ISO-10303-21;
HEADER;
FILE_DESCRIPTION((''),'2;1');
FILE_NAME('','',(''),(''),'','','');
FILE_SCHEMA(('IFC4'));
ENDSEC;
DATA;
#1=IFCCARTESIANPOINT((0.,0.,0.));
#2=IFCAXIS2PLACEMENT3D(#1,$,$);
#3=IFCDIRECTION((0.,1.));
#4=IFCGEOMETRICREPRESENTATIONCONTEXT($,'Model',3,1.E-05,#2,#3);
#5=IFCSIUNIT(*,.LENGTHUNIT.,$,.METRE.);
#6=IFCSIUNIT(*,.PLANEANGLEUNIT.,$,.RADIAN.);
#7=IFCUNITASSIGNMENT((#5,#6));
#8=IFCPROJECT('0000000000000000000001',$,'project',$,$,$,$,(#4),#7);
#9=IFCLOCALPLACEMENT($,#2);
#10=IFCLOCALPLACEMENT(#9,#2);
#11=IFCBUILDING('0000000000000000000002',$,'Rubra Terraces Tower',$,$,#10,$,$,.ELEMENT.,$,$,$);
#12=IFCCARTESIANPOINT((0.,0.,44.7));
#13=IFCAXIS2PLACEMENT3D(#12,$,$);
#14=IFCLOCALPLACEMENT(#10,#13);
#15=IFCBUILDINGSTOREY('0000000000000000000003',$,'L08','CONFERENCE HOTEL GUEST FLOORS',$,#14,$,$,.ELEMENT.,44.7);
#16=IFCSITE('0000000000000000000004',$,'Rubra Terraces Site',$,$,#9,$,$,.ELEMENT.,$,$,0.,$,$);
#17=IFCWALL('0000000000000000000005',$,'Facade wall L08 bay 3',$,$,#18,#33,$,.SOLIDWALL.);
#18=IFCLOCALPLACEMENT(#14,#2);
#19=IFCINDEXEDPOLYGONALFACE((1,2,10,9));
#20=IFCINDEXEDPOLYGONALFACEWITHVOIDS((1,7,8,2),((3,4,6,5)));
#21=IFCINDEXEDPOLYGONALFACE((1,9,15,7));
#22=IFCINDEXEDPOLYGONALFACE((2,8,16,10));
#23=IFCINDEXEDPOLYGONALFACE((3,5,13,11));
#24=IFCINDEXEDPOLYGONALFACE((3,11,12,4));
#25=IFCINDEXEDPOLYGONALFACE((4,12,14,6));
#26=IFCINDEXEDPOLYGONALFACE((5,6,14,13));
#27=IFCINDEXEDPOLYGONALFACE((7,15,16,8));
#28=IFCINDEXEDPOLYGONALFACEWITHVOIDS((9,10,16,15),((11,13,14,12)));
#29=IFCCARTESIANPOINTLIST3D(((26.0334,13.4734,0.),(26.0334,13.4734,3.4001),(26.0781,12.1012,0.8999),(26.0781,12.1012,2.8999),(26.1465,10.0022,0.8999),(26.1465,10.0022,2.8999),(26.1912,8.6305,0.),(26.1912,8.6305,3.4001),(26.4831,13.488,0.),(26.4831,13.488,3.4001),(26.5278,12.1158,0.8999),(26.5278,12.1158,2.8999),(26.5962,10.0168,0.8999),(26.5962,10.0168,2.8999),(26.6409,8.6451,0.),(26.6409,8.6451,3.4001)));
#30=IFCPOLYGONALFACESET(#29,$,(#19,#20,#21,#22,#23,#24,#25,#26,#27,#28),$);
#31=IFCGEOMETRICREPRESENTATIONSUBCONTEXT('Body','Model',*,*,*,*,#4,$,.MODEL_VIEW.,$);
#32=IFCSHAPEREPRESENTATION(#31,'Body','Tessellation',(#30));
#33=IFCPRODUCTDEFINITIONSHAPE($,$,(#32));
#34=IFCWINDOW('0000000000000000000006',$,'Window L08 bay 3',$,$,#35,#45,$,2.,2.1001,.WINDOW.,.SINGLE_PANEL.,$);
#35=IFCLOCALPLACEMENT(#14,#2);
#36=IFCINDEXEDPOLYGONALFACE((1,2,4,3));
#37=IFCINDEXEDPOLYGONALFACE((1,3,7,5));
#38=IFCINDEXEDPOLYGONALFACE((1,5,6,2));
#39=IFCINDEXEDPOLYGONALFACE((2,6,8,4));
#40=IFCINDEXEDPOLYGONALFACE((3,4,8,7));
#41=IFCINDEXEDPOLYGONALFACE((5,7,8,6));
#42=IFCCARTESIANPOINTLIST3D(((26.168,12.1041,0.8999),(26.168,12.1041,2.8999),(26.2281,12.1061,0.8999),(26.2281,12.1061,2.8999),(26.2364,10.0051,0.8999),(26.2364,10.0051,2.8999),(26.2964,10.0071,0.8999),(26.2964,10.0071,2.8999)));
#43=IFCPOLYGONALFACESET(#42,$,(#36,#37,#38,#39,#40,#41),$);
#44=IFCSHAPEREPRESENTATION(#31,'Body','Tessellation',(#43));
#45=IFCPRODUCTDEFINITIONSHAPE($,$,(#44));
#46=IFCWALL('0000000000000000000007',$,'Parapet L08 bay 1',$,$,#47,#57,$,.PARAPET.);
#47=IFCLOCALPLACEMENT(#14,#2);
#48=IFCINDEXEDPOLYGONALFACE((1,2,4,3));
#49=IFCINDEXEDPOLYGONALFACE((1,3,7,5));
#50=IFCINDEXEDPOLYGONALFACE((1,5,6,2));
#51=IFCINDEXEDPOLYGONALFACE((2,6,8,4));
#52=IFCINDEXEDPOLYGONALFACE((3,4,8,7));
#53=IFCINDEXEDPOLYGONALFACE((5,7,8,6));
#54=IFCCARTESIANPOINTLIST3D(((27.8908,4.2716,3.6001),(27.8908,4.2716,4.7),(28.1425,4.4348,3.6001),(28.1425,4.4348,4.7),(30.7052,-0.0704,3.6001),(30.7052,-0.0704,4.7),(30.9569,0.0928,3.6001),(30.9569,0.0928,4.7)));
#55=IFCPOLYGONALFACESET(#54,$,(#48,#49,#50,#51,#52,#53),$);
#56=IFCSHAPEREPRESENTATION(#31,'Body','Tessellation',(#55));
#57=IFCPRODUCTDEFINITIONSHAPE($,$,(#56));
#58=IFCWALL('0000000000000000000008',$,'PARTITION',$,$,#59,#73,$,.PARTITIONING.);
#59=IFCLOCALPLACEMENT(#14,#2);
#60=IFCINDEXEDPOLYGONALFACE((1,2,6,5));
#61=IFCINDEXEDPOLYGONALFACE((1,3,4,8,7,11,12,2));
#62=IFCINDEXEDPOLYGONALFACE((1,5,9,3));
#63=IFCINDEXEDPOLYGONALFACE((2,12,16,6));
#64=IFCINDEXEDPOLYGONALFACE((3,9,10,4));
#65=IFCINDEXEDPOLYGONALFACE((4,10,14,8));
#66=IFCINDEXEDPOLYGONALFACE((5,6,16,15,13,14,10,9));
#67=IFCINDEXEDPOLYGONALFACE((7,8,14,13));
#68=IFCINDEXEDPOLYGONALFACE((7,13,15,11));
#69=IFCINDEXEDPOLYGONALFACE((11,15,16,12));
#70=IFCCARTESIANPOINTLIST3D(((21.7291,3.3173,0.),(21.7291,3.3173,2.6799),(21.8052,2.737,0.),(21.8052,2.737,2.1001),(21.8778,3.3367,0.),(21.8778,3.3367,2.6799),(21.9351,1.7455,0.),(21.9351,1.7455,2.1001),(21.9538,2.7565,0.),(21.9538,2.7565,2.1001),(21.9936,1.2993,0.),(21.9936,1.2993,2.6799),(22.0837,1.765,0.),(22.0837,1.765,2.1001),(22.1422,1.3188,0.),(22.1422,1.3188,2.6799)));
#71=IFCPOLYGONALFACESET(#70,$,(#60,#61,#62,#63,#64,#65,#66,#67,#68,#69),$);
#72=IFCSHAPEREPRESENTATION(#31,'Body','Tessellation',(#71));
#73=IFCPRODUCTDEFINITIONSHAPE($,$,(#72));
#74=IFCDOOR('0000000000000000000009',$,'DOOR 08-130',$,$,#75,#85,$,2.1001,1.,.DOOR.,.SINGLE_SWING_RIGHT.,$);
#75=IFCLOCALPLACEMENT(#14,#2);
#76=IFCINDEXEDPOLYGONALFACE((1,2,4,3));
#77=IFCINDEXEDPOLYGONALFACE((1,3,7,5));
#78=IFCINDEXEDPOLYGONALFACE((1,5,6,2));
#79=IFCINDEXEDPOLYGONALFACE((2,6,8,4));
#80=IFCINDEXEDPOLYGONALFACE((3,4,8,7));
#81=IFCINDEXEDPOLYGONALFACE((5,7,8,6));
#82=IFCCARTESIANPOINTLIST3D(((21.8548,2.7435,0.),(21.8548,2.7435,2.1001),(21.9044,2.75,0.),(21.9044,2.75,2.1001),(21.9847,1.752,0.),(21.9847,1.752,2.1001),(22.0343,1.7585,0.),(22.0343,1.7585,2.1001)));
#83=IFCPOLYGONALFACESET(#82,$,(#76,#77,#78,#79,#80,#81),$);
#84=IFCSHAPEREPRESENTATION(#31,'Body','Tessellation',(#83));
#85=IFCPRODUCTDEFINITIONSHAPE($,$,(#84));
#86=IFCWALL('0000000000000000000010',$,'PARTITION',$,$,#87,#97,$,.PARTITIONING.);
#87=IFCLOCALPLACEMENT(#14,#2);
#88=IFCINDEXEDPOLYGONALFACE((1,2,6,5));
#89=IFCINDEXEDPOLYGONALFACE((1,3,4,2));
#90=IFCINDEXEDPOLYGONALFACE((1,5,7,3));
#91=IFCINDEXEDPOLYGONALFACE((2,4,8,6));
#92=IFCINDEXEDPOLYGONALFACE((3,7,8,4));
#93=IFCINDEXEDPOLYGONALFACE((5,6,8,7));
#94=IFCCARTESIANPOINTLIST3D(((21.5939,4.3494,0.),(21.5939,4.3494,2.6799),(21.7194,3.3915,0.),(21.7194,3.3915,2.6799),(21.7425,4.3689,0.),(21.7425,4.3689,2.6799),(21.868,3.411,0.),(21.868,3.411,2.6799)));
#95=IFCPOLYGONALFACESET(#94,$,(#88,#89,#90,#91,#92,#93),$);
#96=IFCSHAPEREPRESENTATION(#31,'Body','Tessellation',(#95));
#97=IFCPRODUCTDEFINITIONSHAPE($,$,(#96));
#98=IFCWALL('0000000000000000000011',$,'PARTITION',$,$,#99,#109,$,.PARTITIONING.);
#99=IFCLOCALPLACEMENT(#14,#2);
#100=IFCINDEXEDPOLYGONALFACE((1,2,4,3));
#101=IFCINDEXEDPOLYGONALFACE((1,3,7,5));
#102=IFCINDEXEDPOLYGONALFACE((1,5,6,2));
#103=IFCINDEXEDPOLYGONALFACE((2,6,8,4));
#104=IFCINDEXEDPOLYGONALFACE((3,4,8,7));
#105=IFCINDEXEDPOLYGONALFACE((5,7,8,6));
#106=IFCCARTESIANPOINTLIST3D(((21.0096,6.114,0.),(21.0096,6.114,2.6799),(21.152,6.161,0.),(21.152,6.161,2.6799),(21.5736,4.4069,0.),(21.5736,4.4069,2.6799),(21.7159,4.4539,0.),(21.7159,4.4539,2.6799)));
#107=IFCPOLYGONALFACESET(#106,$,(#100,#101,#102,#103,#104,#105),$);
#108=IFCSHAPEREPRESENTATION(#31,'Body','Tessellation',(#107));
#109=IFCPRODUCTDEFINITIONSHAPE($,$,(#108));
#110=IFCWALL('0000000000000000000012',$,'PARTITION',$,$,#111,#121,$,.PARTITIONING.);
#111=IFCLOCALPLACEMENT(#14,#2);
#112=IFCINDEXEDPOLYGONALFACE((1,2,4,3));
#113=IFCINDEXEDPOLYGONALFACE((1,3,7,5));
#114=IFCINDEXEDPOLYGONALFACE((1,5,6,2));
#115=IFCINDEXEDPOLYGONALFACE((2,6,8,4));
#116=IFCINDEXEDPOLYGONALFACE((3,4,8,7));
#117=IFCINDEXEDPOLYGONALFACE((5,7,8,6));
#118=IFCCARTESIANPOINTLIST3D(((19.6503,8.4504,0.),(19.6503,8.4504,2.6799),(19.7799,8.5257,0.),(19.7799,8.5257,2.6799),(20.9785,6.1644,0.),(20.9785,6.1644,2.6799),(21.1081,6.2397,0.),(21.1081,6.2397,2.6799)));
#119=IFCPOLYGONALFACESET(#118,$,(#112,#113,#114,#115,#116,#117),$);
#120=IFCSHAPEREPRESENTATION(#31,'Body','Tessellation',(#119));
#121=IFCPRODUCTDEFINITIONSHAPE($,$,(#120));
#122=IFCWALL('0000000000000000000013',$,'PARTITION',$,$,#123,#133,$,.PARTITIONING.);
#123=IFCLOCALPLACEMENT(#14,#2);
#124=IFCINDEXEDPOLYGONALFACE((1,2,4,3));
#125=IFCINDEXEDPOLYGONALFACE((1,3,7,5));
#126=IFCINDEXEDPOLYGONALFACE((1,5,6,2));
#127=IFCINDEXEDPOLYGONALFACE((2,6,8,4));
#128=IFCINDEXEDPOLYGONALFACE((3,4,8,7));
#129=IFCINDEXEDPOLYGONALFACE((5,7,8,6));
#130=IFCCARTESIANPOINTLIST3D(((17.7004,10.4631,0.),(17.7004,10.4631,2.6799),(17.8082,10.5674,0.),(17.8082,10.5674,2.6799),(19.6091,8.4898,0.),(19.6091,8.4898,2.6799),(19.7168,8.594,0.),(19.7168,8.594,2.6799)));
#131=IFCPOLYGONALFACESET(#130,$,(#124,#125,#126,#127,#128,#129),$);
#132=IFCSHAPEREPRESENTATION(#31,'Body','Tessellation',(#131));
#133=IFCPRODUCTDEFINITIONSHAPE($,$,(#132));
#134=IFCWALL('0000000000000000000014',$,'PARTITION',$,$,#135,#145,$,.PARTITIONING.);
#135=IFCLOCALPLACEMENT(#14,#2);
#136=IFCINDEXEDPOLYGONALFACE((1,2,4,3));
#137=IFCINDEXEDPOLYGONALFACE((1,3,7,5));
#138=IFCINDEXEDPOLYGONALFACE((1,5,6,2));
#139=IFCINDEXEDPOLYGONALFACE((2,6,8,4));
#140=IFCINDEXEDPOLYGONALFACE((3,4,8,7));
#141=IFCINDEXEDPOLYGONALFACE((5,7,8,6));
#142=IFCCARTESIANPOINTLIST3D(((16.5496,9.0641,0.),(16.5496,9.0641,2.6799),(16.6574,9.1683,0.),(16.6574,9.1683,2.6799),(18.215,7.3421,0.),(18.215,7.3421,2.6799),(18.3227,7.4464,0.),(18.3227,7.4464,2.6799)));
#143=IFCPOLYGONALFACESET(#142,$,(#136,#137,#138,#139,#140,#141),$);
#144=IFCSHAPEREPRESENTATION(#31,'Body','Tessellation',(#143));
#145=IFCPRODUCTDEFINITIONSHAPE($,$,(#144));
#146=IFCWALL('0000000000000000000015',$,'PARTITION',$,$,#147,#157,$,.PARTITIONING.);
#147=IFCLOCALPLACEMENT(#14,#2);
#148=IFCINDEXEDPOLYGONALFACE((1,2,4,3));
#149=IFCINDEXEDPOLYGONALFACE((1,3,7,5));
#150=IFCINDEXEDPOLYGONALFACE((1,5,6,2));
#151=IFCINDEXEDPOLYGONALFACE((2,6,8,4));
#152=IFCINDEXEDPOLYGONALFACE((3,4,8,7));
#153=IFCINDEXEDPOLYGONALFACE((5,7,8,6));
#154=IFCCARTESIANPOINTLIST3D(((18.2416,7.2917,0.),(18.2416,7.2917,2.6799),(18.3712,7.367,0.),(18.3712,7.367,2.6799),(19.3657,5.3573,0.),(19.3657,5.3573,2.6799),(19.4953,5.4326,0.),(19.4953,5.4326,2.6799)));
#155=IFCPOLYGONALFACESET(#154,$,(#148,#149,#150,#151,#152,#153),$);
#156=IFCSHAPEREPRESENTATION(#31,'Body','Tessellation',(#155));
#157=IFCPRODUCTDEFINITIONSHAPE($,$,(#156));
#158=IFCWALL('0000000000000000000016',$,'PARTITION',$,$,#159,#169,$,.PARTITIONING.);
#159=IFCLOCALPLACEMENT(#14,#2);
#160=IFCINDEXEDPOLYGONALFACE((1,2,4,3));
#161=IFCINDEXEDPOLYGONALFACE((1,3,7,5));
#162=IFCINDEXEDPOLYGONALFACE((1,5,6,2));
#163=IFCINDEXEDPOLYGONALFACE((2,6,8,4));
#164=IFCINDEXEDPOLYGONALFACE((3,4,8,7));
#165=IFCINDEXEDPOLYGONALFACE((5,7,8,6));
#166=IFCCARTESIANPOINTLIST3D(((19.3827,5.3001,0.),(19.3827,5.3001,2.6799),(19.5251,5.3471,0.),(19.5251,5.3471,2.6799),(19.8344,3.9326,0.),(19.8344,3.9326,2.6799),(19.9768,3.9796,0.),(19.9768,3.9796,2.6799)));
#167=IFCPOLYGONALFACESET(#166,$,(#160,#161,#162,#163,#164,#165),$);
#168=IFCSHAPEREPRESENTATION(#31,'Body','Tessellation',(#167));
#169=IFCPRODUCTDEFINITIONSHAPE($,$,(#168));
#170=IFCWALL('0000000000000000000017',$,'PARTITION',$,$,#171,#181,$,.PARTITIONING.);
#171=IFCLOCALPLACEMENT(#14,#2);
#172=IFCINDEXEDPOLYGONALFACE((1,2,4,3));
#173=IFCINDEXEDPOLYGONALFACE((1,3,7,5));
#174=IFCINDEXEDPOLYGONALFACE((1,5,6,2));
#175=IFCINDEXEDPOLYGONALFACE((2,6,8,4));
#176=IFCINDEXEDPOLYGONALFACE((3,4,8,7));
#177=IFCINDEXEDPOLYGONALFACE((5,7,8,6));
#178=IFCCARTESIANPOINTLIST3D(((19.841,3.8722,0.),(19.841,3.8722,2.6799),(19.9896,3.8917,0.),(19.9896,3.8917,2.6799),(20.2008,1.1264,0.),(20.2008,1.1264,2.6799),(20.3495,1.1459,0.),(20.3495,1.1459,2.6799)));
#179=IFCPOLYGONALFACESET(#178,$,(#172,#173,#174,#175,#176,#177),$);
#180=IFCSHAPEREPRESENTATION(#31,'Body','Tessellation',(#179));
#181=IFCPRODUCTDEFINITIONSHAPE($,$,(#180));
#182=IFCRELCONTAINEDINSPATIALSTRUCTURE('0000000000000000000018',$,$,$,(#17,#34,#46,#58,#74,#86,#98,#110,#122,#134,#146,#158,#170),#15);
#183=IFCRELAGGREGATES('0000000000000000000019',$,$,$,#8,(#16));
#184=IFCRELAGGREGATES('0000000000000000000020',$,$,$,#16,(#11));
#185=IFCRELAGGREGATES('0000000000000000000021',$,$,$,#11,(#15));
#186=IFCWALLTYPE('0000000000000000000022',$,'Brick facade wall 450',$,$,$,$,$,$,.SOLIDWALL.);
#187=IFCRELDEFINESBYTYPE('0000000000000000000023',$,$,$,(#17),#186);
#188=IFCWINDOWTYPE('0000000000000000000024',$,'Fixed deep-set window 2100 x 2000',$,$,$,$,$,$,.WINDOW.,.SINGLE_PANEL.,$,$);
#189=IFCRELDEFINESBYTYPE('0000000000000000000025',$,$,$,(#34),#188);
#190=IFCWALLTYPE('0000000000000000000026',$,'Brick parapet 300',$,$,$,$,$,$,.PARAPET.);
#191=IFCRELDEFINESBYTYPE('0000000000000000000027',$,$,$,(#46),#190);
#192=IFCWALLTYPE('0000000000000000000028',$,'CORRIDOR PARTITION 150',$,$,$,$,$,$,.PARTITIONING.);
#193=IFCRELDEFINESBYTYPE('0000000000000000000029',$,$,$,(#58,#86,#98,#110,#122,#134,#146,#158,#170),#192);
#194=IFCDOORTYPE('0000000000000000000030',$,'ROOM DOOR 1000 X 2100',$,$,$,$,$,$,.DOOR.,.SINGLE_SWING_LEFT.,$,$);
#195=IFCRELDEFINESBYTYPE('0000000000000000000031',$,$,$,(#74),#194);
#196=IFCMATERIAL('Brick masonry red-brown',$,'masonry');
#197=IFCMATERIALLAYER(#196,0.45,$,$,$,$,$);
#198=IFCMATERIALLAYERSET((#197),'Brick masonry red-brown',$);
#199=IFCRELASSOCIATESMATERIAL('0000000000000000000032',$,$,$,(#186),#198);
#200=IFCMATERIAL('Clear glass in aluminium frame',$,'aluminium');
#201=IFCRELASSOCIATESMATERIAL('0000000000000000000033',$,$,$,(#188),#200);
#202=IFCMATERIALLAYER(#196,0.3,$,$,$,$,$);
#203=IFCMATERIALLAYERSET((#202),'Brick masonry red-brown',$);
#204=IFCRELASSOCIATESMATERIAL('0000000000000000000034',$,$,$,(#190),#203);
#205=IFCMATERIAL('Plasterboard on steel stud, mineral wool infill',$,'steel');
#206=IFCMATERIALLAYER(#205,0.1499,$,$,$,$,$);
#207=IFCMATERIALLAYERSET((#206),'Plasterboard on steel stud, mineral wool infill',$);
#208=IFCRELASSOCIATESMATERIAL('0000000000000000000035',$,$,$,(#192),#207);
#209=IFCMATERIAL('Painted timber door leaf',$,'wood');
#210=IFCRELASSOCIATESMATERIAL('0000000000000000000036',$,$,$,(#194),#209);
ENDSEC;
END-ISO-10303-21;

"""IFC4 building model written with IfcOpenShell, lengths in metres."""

from ifc_helpers import new_model, si_unit, direction, frame, frame_2d, origin, place, context, subcontext, project, spatial, rectangle, extrude, material, layer, layer_set, type_object, element, fill, save


model = new_model("IFC4")

# Units and contexts
model_context = context("Model", 3, precision=1e-05, world=origin(), true_north=direction((0.0, 1.0)))
body_context = subcontext(model_context, "Body", "Model", "MODEL_VIEW")
ifc_project = project(units=[si_unit("LENGTHUNIT", "METRE"), si_unit("PLANEANGLEUNIT", "RADIAN")], contexts=[model_context])

# Site, building, storey
site_placement = place(None, origin())
site = spatial("IfcSite", under=ifc_project, at=site_placement, Name="Rubra Terraces Site", CompositionType="ELEMENT", RefElevation=0.0)
building_placement = place(site_placement, origin())
building = spatial("IfcBuilding", under=site, at=building_placement, Name="Rubra Terraces Tower", CompositionType="ELEMENT")
storey_placement = place(building_placement, frame((0.0, 0.0, 44.7)))
storey = spatial("IfcBuildingStorey", under=building, at=storey_placement, Name="L08", Description="CONFERENCE HOTEL GUEST FLOORS", CompositionType="ELEMENT", Elevation=44.7)

# Wall, opening, window
ifc_material_1 = material(Name="Brick masonry red-brown", Category="masonry")
ifc_layer_1 = layer(ifc_material_1, 0.45)
ifc_layer_set_1 = layer_set([ifc_layer_1], Name="Brick masonry red-brown")
wall_type_1 = type_object("IfcWallType", Name="Brick facade wall 450", PredefinedType="SOLIDWALL", material=ifc_layer_set_1)
ifc_material_2 = material(Name="Clear glass in aluminium frame", Category="aluminium")
window_type = type_object("IfcWindowType", Name="Fixed deep-set window 2100 x 2000", PartitioningType="SINGLE_PANEL", PredefinedType="WINDOW", material=ifc_material_2)
wall_1_placement = place(storey_placement, frame((26.416, 8.6377, 0.0), z_axis=(0.0, 0.0, 1.0), x_axis=(-0.03255, 0.99947, 0.0)))
wall_1 = element("IfcWall", 1, at=wall_1_placement, inside=storey, type_object=wall_type_1, Name="Facade wall L08 bay 3", PredefinedType="SOLIDWALL", context=body_context, shape_type="SweptSolid", body=[
    extrude(rectangle(XDim=4.8455, YDim=0.45, at=frame_2d((2.4229, 0.0))), origin(), (0.0, 0.0, 1.0), 3.4001),
])
opening_1_placement = place(wall_1_placement, frame((1.3726, 0.0, 0.8999)))
opening_1 = element("IfcOpeningElement", 2, at=opening_1_placement, cuts=wall_1, PredefinedType="OPENING", context=body_context, shape_type="SweptSolid", body=[
    extrude(rectangle(XDim=2.1001, YDim=2.0, at=frame_2d((1.05, 1.0))), frame((0.0, 0.2349, 0.0), z_axis=(0.0, -1.0, 0.0), x_axis=(1.0, 0.0, 0.0)), (0.0, 0.0, 1.0), 0.47),
])
window_1_placement = place(opening_1_placement, origin())
window_1 = element("IfcWindow", 3, at=window_1_placement, inside=storey, type_object=window_type, Name="Window L08 bay 3", OverallHeight=2.0, OverallWidth=2.1001, PartitioningType="SINGLE_PANEL", PredefinedType="WINDOW", context=body_context, shape_type="SweptSolid", body=[
    extrude(rectangle(XDim=2.1001, YDim=2.0, at=frame_2d((1.05, 1.0))), frame((0.0, 0.135, 0.0), z_axis=(0.0, -1.0, 0.0), x_axis=(1.0, 0.0, 0.0)), (0.0, 0.0, 1.0), 0.0601),
])
fill(opening_1, window_1)

# Wall
ifc_layer_2 = layer(ifc_material_1, 0.3)
ifc_layer_set_2 = layer_set([ifc_layer_2], Name="Brick masonry red-brown")
wall_type_2 = type_object("IfcWallType", Name="Brick parapet 300", PredefinedType="PARAPET", material=ifc_layer_set_2)
wall_2_placement = place(storey_placement, frame((30.8311, 0.0112, 3.6001), z_axis=(0.0, 0.0, 1.0), x_axis=(-0.543918, 0.839138, 0.0)))
element("IfcWall", 4, at=wall_2_placement, inside=storey, type_object=wall_type_2, Name="Parapet L08 bay 1", PredefinedType="PARAPET", context=body_context, shape_type="SweptSolid", body=[
    extrude(rectangle(XDim=5.1743, YDim=0.3, at=frame_2d((2.5872, 0.0))), origin(), (0.0, 0.0, 1.0), 1.0999),
])

# Wall, opening, door
ifc_material_3 = material(Name="Plasterboard on steel stud, mineral wool infill", Category="steel")
ifc_layer_3 = layer(ifc_material_3, 0.1499)
ifc_layer_set_3 = layer_set([ifc_layer_3], Name="Plasterboard on steel stud, mineral wool infill")
wall_type_3 = type_object("IfcWallType", Name="CORRIDOR PARTITION 150", PredefinedType="PARTITIONING", material=ifc_layer_set_3)
wall_3_placement = place(storey_placement, frame((22.0679, 1.3091, 0.0), z_axis=(0.0, 0.0, 1.0), x_axis=(-0.129924, 0.991524, 0.0)))
wall_3 = element("IfcWall", 5, at=wall_3_placement, inside=storey, type_object=wall_type_3, Name="PARTITION", PredefinedType="PARTITIONING", context=body_context, shape_type="SweptSolid", body=[
    extrude(rectangle(XDim=2.0352, YDim=0.1499, at=frame_2d((1.0176, 0.0))), origin(), (0.0, 0.0, 1.0), 2.6799),
])
opening_2_placement = place(wall_3_placement, frame((0.45, 0.0, 0.0)))
opening_2 = element("IfcOpeningElement", 6, at=opening_2_placement, cuts=wall_3, PredefinedType="OPENING", context=body_context, shape_type="SweptSolid", body=[
    extrude(rectangle(XDim=1.0, YDim=2.1001, at=frame_2d((0.5, 1.05))), frame((0.0, 0.085, 0.0), z_axis=(0.0, -1.0, 0.0), x_axis=(1.0, 0.0, 0.0)), (0.0, 0.0, 1.0), 0.1699),
])
ifc_material_4 = material(Name="Painted timber door leaf", Category="wood")
door_type_1 = type_object("IfcDoorType", Name="ROOM DOOR 1000 X 2100", OperationType="SINGLE_SWING_LEFT", PredefinedType="DOOR", material=ifc_material_4)
door_1_placement = place(opening_2_placement, origin())
door_1 = element("IfcDoor", 7, at=door_1_placement, inside=storey, type_object=door_type_1, Name="DOOR 08-130", OperationType="SINGLE_SWING_RIGHT", OverallHeight=2.1001, OverallWidth=1.0, PredefinedType="DOOR", context=body_context, shape_type="SweptSolid", body=[
    extrude(rectangle(XDim=1.0, YDim=2.1001, at=frame_2d((0.5, 1.05))), frame((0.0, 0.0249, 0.0), z_axis=(0.0, -1.0, 0.0), x_axis=(1.0, 0.0, 0.0)), (0.0, 0.0, 1.0), 0.05),
])
fill(opening_2, door_1)

# Walls
wall_4_placement = place(storey_placement, frame((21.7937, 3.4014, 0.0), z_axis=(0.0, 0.0, 1.0), x_axis=(-0.129912, 0.991526, 0.0)))
element("IfcWall", 8, at=wall_4_placement, inside=storey, type_object=wall_type_3, Name="PARTITION", PredefinedType="PARTITIONING", context=body_context, shape_type="SweptSolid", body=[
    extrude(rectangle(XDim=0.9661, YDim=0.1499, at=frame_2d((0.4829, 0.0))), origin(), (0.0, 0.0, 1.0), 2.6799),
])
wall_5_placement = place(storey_placement, frame((21.6448, 4.4304, 0.0), z_axis=(0.0, 0.0, 1.0), x_axis=(-0.313701, 0.949522, 0.0)))
element("IfcWall", 9, at=wall_5_placement, inside=storey, type_object=wall_type_3, Name="PARTITION", PredefinedType="PARTITIONING", context=body_context, shape_type="SweptSolid", body=[
    extrude(rectangle(XDim=1.7979, YDim=0.1499, at=frame_2d((0.8989, 0.0))), origin(), (0.0, 0.0, 1.0), 2.6799),
])
wall_6_placement = place(storey_placement, frame((21.0432, 6.2021, 0.0), z_axis=(0.0, 0.0, 1.0), x_axis=(-0.502372, 0.864652, 0.0)))
element("IfcWall", 10, at=wall_6_placement, inside=storey, type_object=wall_type_3, Name="PARTITION", PredefinedType="PARTITIONING", context=body_context, shape_type="SweptSolid", body=[
    extrude(rectangle(XDim=2.6438, YDim=0.1499, at=frame_2d((1.3218, 0.0))), origin(), (0.0, 0.0, 1.0), 2.6799),
])
wall_7_placement = place(storey_placement, frame((19.6628, 8.542, 0.0), z_axis=(0.0, 0.0, 1.0), x_axis=(-0.695226, 0.718791, 0.0)))
element("IfcWall", 11, at=wall_7_placement, inside=storey, type_object=wall_type_3, Name="PARTITION", PredefinedType="PARTITIONING", context=body_context, shape_type="SweptSolid", body=[
    extrude(rectangle(XDim=2.7454, YDim=0.1499, at=frame_2d((1.3726, 0.0))), origin(), (0.0, 0.0, 1.0), 2.6799),
])
wall_8_placement = place(storey_placement, frame((16.6035, 9.1162, 0.0), z_axis=(0.0, 0.0, 1.0), x_axis=(0.695185, -0.71883, 0.0)))
element("IfcWall", 12, at=wall_8_placement, inside=storey, type_object=wall_type_3, Name="PARTITION", PredefinedType="PARTITIONING", context=body_context, shape_type="SweptSolid", body=[
    extrude(rectangle(XDim=2.3955, YDim=0.1499, at=frame_2d((1.1978, 0.0))), origin(), (0.0, 0.0, 1.0), 2.6799),
])
wall_9_placement = place(storey_placement, frame((18.3064, 7.3293, 0.0), z_axis=(0.0, 0.0, 1.0), x_axis=(0.502425, -0.864621, 0.0)))
element("IfcWall", 13, at=wall_9_placement, inside=storey, type_object=wall_type_3, Name="PARTITION", PredefinedType="PARTITIONING", context=body_context, shape_type="SweptSolid", body=[
    extrude(rectangle(XDim=2.2373, YDim=0.1499, at=frame_2d((1.1187, 0.0))), origin(), (0.0, 0.0, 1.0), 2.6799),
])
wall_10_placement = place(storey_placement, frame((19.4539, 5.3237, 0.0), z_axis=(0.0, 0.0, 1.0), x_axis=(0.313633, -0.949544, 0.0)))
element("IfcWall", 14, at=wall_10_placement, inside=storey, type_object=wall_type_3, Name="PARTITION", PredefinedType="PARTITIONING", context=body_context, shape_type="SweptSolid", body=[
    extrude(rectangle(XDim=1.4402, YDim=0.1499, at=frame_2d((0.7202, 0.0))), origin(), (0.0, 0.0, 1.0), 2.6799),
])
wall_11_placement = place(storey_placement, frame((19.9153, 3.8821, 0.0), z_axis=(0.0, 0.0, 1.0), x_axis=(0.129946, -0.991521, 0.0)))
element("IfcWall", 15, at=wall_11_placement, inside=storey, type_object=wall_type_3, Name="PARTITION", PredefinedType="PARTITIONING", context=body_context, shape_type="SweptSolid", body=[
    extrude(rectangle(XDim=2.7693, YDim=0.1499, at=frame_2d((1.3848, 0.0))), origin(), (0.0, 0.0, 1.0), 2.6799),
])

save(model, "model.ifc")
